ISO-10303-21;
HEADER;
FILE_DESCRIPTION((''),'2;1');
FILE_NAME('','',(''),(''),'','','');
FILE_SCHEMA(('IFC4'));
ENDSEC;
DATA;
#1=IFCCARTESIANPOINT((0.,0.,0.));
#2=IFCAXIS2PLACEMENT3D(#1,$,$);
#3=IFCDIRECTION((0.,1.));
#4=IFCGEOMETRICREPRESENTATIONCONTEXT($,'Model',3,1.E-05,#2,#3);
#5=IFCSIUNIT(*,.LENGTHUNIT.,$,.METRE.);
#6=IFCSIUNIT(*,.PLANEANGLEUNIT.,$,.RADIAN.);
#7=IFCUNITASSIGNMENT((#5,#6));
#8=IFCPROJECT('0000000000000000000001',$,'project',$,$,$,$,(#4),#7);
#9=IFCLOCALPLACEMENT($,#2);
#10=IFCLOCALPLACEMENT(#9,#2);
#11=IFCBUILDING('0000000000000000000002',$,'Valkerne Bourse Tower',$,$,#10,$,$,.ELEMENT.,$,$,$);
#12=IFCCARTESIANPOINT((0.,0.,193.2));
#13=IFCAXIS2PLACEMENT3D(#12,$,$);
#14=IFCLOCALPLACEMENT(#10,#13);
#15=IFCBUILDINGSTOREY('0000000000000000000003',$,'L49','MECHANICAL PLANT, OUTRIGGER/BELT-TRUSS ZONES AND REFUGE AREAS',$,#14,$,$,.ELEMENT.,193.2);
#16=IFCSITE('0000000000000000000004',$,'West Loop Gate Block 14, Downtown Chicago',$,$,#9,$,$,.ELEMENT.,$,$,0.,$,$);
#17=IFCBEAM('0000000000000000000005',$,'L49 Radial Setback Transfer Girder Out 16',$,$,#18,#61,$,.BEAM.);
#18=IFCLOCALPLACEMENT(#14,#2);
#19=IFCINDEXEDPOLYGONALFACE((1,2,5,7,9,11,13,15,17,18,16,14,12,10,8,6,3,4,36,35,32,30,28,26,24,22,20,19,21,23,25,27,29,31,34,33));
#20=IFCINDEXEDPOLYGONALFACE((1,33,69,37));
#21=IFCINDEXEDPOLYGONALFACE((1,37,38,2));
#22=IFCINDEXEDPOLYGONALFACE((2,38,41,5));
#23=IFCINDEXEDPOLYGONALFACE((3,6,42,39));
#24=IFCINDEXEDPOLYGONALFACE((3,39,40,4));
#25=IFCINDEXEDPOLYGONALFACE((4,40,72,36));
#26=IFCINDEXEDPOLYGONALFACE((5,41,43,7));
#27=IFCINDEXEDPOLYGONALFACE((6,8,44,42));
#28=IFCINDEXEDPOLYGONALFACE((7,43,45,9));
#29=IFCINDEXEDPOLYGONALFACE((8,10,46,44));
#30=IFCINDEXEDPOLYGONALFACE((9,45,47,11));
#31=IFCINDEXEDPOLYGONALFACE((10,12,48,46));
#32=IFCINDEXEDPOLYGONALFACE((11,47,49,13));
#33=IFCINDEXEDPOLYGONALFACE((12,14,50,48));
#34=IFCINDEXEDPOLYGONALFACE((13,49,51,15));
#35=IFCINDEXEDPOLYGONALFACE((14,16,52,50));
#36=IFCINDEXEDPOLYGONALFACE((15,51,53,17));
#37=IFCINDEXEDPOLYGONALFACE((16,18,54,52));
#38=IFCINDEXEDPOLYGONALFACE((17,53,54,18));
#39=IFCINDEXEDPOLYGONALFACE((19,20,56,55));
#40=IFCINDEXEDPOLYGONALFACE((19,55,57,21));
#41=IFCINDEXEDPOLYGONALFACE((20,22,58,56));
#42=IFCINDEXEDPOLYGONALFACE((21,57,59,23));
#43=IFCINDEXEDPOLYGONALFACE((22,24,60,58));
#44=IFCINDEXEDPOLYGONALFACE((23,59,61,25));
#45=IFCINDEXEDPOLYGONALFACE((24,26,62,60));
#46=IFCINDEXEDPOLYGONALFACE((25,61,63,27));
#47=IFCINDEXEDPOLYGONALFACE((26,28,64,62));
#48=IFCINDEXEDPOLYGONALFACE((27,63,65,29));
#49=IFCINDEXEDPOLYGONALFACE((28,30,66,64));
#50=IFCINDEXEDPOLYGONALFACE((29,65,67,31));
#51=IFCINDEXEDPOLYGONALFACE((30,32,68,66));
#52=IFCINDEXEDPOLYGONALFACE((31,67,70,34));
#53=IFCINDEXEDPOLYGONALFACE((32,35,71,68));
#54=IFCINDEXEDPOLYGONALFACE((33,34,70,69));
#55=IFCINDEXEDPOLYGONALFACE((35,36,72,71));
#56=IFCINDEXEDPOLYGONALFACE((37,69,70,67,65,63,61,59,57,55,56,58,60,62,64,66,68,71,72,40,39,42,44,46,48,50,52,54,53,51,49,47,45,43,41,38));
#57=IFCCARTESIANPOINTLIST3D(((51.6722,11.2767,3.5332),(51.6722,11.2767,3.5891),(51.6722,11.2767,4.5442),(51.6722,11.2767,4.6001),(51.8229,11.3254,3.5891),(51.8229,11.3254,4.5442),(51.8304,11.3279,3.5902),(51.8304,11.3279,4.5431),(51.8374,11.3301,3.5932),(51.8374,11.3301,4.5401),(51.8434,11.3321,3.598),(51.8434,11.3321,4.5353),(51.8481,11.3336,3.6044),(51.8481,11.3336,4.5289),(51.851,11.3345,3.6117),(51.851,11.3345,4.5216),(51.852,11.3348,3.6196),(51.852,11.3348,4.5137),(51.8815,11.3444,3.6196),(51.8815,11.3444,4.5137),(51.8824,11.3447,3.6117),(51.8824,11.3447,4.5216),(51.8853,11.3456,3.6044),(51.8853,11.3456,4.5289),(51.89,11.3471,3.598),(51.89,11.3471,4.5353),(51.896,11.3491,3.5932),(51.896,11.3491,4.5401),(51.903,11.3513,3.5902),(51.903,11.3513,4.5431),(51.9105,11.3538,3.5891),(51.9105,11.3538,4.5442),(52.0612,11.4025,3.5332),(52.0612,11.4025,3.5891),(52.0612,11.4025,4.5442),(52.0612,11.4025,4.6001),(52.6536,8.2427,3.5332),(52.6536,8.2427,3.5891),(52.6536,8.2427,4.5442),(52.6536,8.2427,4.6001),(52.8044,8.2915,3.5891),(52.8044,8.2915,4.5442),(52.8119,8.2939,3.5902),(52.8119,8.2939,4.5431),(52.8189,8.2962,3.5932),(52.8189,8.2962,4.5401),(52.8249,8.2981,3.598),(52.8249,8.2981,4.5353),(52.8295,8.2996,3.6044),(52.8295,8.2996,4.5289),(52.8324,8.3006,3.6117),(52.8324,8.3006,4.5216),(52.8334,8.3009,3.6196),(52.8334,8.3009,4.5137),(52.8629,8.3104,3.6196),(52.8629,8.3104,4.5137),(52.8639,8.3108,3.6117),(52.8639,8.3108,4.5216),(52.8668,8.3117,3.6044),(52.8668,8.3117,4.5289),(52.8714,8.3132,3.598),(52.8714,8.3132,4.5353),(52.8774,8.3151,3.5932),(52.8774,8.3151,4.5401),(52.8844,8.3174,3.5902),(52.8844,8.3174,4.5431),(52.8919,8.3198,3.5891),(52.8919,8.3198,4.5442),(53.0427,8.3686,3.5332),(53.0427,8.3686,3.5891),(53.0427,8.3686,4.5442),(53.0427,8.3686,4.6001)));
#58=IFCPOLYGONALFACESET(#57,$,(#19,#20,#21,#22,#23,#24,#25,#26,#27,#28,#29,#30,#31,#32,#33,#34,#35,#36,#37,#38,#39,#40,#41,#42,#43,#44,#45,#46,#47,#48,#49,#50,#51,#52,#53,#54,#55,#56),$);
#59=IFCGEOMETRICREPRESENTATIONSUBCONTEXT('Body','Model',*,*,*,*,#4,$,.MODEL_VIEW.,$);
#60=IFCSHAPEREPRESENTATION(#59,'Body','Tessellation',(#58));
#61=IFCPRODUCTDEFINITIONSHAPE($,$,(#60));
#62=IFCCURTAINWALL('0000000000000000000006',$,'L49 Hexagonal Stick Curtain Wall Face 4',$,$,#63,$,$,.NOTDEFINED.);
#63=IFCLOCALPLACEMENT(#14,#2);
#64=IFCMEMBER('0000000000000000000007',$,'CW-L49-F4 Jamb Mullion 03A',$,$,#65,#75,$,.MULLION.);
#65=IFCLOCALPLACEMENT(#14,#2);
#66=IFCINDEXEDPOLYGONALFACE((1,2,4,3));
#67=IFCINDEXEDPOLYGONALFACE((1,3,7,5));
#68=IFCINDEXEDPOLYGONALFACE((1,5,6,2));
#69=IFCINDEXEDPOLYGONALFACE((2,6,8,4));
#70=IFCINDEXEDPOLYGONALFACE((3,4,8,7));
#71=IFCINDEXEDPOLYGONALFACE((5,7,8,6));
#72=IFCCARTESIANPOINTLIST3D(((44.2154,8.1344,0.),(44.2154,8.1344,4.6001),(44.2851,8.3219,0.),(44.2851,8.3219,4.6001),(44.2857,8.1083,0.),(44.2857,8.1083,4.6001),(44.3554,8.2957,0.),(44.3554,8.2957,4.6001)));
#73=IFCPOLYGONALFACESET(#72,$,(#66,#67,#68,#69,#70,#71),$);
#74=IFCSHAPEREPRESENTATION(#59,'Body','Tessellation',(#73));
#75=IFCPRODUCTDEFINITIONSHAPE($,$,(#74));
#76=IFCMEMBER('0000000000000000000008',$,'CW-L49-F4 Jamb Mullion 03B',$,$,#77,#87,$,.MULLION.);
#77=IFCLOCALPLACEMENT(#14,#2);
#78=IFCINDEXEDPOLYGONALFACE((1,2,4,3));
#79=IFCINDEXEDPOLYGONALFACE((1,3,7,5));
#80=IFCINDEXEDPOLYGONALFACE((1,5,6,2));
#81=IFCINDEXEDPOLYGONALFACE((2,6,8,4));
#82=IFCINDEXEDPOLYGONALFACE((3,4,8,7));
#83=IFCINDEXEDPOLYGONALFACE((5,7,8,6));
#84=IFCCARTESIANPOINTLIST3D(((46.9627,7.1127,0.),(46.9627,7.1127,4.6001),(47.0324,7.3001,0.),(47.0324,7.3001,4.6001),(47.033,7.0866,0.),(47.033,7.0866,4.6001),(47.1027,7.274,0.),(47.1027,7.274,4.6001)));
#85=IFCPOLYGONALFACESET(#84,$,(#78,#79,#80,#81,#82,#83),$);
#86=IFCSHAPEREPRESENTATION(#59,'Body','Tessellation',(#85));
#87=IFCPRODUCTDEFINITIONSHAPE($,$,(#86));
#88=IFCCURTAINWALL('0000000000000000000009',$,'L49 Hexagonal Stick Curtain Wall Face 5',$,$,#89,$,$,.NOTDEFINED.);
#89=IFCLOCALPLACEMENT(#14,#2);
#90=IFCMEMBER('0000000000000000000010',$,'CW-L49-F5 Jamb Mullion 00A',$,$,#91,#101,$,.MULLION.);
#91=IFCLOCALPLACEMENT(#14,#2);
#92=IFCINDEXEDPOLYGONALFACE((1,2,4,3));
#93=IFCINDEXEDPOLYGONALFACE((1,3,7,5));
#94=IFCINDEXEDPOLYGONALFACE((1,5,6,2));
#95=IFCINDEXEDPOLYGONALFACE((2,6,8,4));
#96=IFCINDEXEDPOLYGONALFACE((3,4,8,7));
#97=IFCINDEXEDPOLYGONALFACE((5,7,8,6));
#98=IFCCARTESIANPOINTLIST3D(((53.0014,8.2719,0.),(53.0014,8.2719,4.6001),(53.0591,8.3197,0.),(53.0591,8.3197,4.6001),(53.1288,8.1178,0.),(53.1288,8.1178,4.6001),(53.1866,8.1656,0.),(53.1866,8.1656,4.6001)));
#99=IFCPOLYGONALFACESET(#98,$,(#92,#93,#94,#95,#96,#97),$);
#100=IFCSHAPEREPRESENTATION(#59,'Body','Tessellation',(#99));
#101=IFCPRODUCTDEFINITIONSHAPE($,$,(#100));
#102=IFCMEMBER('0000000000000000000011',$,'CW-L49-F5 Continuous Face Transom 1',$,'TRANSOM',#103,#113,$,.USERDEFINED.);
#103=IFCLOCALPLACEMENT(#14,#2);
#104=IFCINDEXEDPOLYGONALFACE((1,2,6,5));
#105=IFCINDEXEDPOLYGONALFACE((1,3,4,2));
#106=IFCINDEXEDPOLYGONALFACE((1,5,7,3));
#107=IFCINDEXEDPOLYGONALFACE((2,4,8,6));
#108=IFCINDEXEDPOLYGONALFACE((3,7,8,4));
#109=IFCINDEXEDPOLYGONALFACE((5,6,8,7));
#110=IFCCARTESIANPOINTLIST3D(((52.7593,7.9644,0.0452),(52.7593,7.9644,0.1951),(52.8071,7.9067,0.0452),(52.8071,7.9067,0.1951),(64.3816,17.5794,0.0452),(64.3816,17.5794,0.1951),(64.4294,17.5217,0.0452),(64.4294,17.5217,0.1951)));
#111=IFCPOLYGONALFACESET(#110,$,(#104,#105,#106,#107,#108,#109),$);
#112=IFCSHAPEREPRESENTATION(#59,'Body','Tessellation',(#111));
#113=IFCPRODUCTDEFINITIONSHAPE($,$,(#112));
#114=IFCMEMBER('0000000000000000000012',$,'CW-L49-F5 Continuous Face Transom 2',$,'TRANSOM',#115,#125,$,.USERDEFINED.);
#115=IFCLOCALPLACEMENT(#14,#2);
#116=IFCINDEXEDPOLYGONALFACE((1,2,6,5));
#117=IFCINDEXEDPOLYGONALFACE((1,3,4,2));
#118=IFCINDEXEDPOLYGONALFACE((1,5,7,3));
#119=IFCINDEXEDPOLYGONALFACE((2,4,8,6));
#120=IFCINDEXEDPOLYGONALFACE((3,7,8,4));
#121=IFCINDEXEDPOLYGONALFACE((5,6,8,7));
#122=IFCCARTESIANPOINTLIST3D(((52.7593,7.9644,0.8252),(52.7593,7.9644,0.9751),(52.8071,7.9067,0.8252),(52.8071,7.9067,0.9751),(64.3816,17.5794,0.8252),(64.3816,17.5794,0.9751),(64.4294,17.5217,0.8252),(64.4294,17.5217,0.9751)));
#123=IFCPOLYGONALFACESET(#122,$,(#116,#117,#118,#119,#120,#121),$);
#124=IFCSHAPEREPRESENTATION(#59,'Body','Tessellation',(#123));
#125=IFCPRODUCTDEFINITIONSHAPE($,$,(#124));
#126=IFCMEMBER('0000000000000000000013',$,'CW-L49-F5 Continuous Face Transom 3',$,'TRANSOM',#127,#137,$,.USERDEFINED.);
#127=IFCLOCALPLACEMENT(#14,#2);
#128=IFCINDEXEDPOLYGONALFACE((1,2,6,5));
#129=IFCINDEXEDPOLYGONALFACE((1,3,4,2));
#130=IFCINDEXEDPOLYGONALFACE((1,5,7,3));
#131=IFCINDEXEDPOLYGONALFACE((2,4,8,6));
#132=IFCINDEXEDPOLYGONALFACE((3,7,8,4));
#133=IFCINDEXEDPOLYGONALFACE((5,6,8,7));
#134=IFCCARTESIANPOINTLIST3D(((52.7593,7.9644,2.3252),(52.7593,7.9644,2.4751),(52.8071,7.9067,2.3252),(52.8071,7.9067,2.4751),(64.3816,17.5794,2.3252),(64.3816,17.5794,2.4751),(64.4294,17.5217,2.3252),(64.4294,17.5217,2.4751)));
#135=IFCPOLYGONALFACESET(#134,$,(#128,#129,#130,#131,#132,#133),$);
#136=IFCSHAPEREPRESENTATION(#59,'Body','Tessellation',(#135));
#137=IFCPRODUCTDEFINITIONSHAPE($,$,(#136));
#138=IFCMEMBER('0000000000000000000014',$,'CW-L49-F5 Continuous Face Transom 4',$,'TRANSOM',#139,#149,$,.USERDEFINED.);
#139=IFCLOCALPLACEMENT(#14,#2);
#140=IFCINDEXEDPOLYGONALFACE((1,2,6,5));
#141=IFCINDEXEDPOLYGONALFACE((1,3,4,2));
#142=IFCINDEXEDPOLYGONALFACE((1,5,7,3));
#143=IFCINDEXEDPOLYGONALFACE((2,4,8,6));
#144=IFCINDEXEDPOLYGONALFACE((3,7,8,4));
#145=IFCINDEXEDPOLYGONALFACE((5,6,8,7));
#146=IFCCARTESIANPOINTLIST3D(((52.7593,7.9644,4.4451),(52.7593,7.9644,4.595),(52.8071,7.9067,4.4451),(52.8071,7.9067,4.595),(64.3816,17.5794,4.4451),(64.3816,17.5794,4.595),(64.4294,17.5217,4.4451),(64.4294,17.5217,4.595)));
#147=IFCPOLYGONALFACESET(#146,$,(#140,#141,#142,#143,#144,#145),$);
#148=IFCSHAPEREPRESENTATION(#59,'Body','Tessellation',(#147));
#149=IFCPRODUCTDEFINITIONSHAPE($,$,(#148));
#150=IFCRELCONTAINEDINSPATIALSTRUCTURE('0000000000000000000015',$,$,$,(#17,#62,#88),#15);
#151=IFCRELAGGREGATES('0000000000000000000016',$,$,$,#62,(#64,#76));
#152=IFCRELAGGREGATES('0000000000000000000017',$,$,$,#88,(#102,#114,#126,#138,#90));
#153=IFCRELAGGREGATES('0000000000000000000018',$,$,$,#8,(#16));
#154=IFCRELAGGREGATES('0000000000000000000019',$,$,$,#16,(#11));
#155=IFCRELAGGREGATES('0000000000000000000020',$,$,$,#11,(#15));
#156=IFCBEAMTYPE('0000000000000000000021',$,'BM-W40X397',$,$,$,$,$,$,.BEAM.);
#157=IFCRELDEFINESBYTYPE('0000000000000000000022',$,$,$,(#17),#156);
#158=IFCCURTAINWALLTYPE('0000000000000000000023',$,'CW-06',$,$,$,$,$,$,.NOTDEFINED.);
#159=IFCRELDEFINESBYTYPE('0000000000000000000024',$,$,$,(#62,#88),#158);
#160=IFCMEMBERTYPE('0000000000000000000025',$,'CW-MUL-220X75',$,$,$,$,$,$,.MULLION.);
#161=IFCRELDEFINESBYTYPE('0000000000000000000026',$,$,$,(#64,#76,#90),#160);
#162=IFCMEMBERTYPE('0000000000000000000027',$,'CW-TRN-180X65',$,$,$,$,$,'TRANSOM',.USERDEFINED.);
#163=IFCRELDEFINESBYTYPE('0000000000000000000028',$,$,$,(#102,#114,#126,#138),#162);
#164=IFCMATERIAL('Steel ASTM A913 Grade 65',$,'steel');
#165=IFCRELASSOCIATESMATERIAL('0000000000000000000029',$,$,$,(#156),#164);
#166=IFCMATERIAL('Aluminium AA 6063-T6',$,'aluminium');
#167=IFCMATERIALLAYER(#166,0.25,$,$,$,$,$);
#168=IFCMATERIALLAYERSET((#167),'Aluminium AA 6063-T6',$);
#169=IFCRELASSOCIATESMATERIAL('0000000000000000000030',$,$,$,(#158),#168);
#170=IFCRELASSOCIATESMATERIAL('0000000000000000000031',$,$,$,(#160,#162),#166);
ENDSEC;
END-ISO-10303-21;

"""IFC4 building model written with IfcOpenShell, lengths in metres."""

from ifc_helpers import new_model, si_unit, direction, frame, origin, origin_2d, place, context, subcontext, project, spatial, rectangle, i_section, extrude, material, layer, layer_set, material_profile, profile_set, type_object, element, aggregate, save


model = new_model("IFC4")

# Units and contexts
model_context = context("Model", 3, precision=1e-05, world=origin(), true_north=direction((0.0, 1.0)))
body_context = subcontext(model_context, "Body", "Model", "MODEL_VIEW")
ifc_project = project(units=[si_unit("LENGTHUNIT", "METRE"), si_unit("PLANEANGLEUNIT", "RADIAN")], contexts=[model_context])

# Site, building, storey
site_placement = place(None, origin())
site = spatial("IfcSite", under=ifc_project, at=site_placement, Name="West Loop Gate Block 14, Downtown Chicago", CompositionType="ELEMENT", RefElevation=0.0)
building_placement = place(site_placement, origin())
building = spatial("IfcBuilding", under=site, at=building_placement, Name="Valkerne Bourse Tower", CompositionType="ELEMENT")
storey_placement = place(building_placement, frame((0.0, 0.0, 193.2)))
storey = spatial("IfcBuildingStorey", under=building, at=storey_placement, Name="L49", Description="MECHANICAL PLANT, OUTRIGGER/BELT-TRUSS ZONES AND REFUGE AREAS", CompositionType="ELEMENT", Elevation=193.2)

# Shared definitions
ifc_material_1 = material(Name="Steel ASTM A913 Grade 65", Category="steel")

# Beam
ifc_material_profile_1 = material_profile(ifc_material_1, i_section(OverallWidth=0.4089, OverallDepth=1.0669, WebThickness=0.031, FlangeThickness=0.0559, FilletRadius=0.0305, at=origin_2d()), Name="W40X397")
ifc_profile_set_1 = profile_set([ifc_material_profile_1], Name="Steel ASTM A913 Grade 65")
beam_type_1 = type_object("IfcBeamType", Name="BM-W40X397", PredefinedType="BEAM", material=ifc_profile_set_1)
beam_1_placement = place(storey_placement, frame((52.8481, 8.3057, 4.0667), z_axis=(-0.307786, 0.951456, 0.0), x_axis=(-0.951456, -0.307786, 0.0)))
element("IfcBeam", 1, at=beam_1_placement, inside=storey, type_object=beam_type_1, Name="L49 Radial Setback Transfer Girder Out 16", PredefinedType="BEAM", context=body_context, shape_type="SweptSolid", body=[
    extrude(i_section(OverallWidth=0.4089, OverallDepth=1.0669, WebThickness=0.031, FlangeThickness=0.0559, FilletRadius=0.0305, at=origin_2d()), origin(), (0.0, 0.0, 1.0), 3.1887),
])

# Curtain walls, members
ifc_material_2 = material(Name="Aluminium AA 6063-T6", Category="aluminium")
ifc_layer_1 = layer(ifc_material_2, 0.25)
ifc_layer_set_1 = layer_set([ifc_layer_1], Name="Aluminium AA 6063-T6")
curtain_wall_type = type_object("IfcCurtainWallType", Name="CW-06", PredefinedType="NOTDEFINED", material=ifc_layer_set_1)
curtain_wall_1_placement = place(storey_placement, origin())
curtain_wall_1 = element("IfcCurtainWall", 2, at=curtain_wall_1_placement, inside=storey, type_object=curtain_wall_type, Name="L49 Hexagonal Stick Curtain Wall Face 4", PredefinedType="NOTDEFINED")
ifc_material_profile_2 = material_profile(ifc_material_2, rectangle(XDim=0.075, YDim=0.2, at=origin_2d()), Name="CWM-75X200")
ifc_profile_set_2 = profile_set([ifc_material_profile_2], Name="Aluminium AA 6063-T6")
member_type_1 = type_object("IfcMemberType", Name="CW-MUL-220X75", PredefinedType="MULLION", material=ifc_profile_set_2)
member_1_placement = place(storey_placement, frame((44.2854, 8.2151, 0.0), z_axis=(0.0, 0.0, 1.0), x_axis=(0.937279, -0.348579, 0.0)))
member_1 = element("IfcMember", 3, at=member_1_placement, type_object=member_type_1, Name="CW-L49-F4 Jamb Mullion 03A", PredefinedType="MULLION", context=body_context, shape_type="SweptSolid", body=[
    extrude(rectangle(XDim=0.075, YDim=0.2, at=origin_2d()), origin(), (0.0, 0.0, 1.0), 4.6001),
])
member_2_placement = place(storey_placement, frame((47.0327, 7.1934, 0.0), z_axis=(0.0, 0.0, 1.0), x_axis=(0.937279, -0.348579, 0.0)))
member_2 = element("IfcMember", 4, at=member_2_placement, type_object=member_type_1, Name="CW-L49-F4 Jamb Mullion 03B", PredefinedType="MULLION", context=body_context, shape_type="SweptSolid", body=[
    extrude(rectangle(XDim=0.075, YDim=0.2, at=origin_2d()), origin(), (0.0, 0.0, 1.0), 4.6001),
])
curtain_wall_2_placement = place(storey_placement, origin())
curtain_wall_2 = element("IfcCurtainWall", 5, at=curtain_wall_2_placement, inside=storey, type_object=curtain_wall_type, Name="L49 Hexagonal Stick Curtain Wall Face 5", PredefinedType="NOTDEFINED")
member_3_placement = place(storey_placement, frame((53.094, 8.2188, 0.0), z_axis=(0.0, 0.0, 1.0), x_axis=(0.770503, 0.637436, 0.0)))
member_3 = element("IfcMember", 6, at=member_3_placement, type_object=member_type_1, Name="CW-L49-F5 Jamb Mullion 00A", PredefinedType="MULLION", context=body_context, shape_type="SweptSolid", body=[
    extrude(rectangle(XDim=0.075, YDim=0.2, at=origin_2d()), origin(), (0.0, 0.0, 1.0), 4.6001),
])
ifc_material_profile_3 = material_profile(ifc_material_2, rectangle(XDim=0.075, YDim=0.1499, at=origin_2d()), Name="CWT-75X150")
ifc_profile_set_3 = profile_set([ifc_material_profile_3], Name="Aluminium AA 6063-T6")
member_type_2 = type_object("IfcMemberType", Name="CW-TRN-180X65", ElementType="TRANSOM", PredefinedType="USERDEFINED", material=ifc_profile_set_3)
member_4_placement = place(storey_placement, frame((52.7832, 7.9355, 0.1201), z_axis=(0.770508, 0.637431, 0.0), x_axis=(-0.637431, 0.770508, 0.0)))
member_4 = element("IfcMember", 7, at=member_4_placement, type_object=member_type_2, Name="CW-L49-F5 Continuous Face Transom 1", ObjectType="TRANSOM", PredefinedType="USERDEFINED", context=body_context, shape_type="SweptSolid", body=[
    extrude(rectangle(XDim=0.075, YDim=0.1499, at=origin_2d()), origin(), (0.0, 0.0, 1.0), 15.084),
])
member_5_placement = place(storey_placement, frame((52.7832, 7.9355, 0.9001), z_axis=(0.770508, 0.637431, 0.0), x_axis=(-0.637431, 0.770508, 0.0)))
member_5 = element("IfcMember", 8, at=member_5_placement, type_object=member_type_2, Name="CW-L49-F5 Continuous Face Transom 2", ObjectType="TRANSOM", PredefinedType="USERDEFINED", context=body_context, shape_type="SweptSolid", body=[
    extrude(rectangle(XDim=0.075, YDim=0.1499, at=origin_2d()), origin(), (0.0, 0.0, 1.0), 15.084),
])
member_6_placement = place(storey_placement, frame((52.7832, 7.9355, 2.4001), z_axis=(0.770508, 0.637431, 0.0), x_axis=(-0.637431, 0.770508, 0.0)))
member_6 = element("IfcMember", 9, at=member_6_placement, type_object=member_type_2, Name="CW-L49-F5 Continuous Face Transom 3", ObjectType="TRANSOM", PredefinedType="USERDEFINED", context=body_context, shape_type="SweptSolid", body=[
    extrude(rectangle(XDim=0.075, YDim=0.1499, at=origin_2d()), origin(), (0.0, 0.0, 1.0), 15.084),
])
member_7_placement = place(storey_placement, frame((52.7832, 7.9355, 4.52), z_axis=(0.770508, 0.637431, 0.0), x_axis=(-0.637431, 0.770508, 0.0)))
member_7 = element("IfcMember", 10, at=member_7_placement, type_object=member_type_2, Name="CW-L49-F5 Continuous Face Transom 4", ObjectType="TRANSOM", PredefinedType="USERDEFINED", context=body_context, shape_type="SweptSolid", body=[
    extrude(rectangle(XDim=0.075, YDim=0.1499, at=origin_2d()), origin(), (0.0, 0.0, 1.0), 15.084),
])

aggregate(curtain_wall_1, [member_1, member_2])
aggregate(curtain_wall_2, [member_4, member_5, member_6, member_7, member_3])

save(model, "model.ifc")
